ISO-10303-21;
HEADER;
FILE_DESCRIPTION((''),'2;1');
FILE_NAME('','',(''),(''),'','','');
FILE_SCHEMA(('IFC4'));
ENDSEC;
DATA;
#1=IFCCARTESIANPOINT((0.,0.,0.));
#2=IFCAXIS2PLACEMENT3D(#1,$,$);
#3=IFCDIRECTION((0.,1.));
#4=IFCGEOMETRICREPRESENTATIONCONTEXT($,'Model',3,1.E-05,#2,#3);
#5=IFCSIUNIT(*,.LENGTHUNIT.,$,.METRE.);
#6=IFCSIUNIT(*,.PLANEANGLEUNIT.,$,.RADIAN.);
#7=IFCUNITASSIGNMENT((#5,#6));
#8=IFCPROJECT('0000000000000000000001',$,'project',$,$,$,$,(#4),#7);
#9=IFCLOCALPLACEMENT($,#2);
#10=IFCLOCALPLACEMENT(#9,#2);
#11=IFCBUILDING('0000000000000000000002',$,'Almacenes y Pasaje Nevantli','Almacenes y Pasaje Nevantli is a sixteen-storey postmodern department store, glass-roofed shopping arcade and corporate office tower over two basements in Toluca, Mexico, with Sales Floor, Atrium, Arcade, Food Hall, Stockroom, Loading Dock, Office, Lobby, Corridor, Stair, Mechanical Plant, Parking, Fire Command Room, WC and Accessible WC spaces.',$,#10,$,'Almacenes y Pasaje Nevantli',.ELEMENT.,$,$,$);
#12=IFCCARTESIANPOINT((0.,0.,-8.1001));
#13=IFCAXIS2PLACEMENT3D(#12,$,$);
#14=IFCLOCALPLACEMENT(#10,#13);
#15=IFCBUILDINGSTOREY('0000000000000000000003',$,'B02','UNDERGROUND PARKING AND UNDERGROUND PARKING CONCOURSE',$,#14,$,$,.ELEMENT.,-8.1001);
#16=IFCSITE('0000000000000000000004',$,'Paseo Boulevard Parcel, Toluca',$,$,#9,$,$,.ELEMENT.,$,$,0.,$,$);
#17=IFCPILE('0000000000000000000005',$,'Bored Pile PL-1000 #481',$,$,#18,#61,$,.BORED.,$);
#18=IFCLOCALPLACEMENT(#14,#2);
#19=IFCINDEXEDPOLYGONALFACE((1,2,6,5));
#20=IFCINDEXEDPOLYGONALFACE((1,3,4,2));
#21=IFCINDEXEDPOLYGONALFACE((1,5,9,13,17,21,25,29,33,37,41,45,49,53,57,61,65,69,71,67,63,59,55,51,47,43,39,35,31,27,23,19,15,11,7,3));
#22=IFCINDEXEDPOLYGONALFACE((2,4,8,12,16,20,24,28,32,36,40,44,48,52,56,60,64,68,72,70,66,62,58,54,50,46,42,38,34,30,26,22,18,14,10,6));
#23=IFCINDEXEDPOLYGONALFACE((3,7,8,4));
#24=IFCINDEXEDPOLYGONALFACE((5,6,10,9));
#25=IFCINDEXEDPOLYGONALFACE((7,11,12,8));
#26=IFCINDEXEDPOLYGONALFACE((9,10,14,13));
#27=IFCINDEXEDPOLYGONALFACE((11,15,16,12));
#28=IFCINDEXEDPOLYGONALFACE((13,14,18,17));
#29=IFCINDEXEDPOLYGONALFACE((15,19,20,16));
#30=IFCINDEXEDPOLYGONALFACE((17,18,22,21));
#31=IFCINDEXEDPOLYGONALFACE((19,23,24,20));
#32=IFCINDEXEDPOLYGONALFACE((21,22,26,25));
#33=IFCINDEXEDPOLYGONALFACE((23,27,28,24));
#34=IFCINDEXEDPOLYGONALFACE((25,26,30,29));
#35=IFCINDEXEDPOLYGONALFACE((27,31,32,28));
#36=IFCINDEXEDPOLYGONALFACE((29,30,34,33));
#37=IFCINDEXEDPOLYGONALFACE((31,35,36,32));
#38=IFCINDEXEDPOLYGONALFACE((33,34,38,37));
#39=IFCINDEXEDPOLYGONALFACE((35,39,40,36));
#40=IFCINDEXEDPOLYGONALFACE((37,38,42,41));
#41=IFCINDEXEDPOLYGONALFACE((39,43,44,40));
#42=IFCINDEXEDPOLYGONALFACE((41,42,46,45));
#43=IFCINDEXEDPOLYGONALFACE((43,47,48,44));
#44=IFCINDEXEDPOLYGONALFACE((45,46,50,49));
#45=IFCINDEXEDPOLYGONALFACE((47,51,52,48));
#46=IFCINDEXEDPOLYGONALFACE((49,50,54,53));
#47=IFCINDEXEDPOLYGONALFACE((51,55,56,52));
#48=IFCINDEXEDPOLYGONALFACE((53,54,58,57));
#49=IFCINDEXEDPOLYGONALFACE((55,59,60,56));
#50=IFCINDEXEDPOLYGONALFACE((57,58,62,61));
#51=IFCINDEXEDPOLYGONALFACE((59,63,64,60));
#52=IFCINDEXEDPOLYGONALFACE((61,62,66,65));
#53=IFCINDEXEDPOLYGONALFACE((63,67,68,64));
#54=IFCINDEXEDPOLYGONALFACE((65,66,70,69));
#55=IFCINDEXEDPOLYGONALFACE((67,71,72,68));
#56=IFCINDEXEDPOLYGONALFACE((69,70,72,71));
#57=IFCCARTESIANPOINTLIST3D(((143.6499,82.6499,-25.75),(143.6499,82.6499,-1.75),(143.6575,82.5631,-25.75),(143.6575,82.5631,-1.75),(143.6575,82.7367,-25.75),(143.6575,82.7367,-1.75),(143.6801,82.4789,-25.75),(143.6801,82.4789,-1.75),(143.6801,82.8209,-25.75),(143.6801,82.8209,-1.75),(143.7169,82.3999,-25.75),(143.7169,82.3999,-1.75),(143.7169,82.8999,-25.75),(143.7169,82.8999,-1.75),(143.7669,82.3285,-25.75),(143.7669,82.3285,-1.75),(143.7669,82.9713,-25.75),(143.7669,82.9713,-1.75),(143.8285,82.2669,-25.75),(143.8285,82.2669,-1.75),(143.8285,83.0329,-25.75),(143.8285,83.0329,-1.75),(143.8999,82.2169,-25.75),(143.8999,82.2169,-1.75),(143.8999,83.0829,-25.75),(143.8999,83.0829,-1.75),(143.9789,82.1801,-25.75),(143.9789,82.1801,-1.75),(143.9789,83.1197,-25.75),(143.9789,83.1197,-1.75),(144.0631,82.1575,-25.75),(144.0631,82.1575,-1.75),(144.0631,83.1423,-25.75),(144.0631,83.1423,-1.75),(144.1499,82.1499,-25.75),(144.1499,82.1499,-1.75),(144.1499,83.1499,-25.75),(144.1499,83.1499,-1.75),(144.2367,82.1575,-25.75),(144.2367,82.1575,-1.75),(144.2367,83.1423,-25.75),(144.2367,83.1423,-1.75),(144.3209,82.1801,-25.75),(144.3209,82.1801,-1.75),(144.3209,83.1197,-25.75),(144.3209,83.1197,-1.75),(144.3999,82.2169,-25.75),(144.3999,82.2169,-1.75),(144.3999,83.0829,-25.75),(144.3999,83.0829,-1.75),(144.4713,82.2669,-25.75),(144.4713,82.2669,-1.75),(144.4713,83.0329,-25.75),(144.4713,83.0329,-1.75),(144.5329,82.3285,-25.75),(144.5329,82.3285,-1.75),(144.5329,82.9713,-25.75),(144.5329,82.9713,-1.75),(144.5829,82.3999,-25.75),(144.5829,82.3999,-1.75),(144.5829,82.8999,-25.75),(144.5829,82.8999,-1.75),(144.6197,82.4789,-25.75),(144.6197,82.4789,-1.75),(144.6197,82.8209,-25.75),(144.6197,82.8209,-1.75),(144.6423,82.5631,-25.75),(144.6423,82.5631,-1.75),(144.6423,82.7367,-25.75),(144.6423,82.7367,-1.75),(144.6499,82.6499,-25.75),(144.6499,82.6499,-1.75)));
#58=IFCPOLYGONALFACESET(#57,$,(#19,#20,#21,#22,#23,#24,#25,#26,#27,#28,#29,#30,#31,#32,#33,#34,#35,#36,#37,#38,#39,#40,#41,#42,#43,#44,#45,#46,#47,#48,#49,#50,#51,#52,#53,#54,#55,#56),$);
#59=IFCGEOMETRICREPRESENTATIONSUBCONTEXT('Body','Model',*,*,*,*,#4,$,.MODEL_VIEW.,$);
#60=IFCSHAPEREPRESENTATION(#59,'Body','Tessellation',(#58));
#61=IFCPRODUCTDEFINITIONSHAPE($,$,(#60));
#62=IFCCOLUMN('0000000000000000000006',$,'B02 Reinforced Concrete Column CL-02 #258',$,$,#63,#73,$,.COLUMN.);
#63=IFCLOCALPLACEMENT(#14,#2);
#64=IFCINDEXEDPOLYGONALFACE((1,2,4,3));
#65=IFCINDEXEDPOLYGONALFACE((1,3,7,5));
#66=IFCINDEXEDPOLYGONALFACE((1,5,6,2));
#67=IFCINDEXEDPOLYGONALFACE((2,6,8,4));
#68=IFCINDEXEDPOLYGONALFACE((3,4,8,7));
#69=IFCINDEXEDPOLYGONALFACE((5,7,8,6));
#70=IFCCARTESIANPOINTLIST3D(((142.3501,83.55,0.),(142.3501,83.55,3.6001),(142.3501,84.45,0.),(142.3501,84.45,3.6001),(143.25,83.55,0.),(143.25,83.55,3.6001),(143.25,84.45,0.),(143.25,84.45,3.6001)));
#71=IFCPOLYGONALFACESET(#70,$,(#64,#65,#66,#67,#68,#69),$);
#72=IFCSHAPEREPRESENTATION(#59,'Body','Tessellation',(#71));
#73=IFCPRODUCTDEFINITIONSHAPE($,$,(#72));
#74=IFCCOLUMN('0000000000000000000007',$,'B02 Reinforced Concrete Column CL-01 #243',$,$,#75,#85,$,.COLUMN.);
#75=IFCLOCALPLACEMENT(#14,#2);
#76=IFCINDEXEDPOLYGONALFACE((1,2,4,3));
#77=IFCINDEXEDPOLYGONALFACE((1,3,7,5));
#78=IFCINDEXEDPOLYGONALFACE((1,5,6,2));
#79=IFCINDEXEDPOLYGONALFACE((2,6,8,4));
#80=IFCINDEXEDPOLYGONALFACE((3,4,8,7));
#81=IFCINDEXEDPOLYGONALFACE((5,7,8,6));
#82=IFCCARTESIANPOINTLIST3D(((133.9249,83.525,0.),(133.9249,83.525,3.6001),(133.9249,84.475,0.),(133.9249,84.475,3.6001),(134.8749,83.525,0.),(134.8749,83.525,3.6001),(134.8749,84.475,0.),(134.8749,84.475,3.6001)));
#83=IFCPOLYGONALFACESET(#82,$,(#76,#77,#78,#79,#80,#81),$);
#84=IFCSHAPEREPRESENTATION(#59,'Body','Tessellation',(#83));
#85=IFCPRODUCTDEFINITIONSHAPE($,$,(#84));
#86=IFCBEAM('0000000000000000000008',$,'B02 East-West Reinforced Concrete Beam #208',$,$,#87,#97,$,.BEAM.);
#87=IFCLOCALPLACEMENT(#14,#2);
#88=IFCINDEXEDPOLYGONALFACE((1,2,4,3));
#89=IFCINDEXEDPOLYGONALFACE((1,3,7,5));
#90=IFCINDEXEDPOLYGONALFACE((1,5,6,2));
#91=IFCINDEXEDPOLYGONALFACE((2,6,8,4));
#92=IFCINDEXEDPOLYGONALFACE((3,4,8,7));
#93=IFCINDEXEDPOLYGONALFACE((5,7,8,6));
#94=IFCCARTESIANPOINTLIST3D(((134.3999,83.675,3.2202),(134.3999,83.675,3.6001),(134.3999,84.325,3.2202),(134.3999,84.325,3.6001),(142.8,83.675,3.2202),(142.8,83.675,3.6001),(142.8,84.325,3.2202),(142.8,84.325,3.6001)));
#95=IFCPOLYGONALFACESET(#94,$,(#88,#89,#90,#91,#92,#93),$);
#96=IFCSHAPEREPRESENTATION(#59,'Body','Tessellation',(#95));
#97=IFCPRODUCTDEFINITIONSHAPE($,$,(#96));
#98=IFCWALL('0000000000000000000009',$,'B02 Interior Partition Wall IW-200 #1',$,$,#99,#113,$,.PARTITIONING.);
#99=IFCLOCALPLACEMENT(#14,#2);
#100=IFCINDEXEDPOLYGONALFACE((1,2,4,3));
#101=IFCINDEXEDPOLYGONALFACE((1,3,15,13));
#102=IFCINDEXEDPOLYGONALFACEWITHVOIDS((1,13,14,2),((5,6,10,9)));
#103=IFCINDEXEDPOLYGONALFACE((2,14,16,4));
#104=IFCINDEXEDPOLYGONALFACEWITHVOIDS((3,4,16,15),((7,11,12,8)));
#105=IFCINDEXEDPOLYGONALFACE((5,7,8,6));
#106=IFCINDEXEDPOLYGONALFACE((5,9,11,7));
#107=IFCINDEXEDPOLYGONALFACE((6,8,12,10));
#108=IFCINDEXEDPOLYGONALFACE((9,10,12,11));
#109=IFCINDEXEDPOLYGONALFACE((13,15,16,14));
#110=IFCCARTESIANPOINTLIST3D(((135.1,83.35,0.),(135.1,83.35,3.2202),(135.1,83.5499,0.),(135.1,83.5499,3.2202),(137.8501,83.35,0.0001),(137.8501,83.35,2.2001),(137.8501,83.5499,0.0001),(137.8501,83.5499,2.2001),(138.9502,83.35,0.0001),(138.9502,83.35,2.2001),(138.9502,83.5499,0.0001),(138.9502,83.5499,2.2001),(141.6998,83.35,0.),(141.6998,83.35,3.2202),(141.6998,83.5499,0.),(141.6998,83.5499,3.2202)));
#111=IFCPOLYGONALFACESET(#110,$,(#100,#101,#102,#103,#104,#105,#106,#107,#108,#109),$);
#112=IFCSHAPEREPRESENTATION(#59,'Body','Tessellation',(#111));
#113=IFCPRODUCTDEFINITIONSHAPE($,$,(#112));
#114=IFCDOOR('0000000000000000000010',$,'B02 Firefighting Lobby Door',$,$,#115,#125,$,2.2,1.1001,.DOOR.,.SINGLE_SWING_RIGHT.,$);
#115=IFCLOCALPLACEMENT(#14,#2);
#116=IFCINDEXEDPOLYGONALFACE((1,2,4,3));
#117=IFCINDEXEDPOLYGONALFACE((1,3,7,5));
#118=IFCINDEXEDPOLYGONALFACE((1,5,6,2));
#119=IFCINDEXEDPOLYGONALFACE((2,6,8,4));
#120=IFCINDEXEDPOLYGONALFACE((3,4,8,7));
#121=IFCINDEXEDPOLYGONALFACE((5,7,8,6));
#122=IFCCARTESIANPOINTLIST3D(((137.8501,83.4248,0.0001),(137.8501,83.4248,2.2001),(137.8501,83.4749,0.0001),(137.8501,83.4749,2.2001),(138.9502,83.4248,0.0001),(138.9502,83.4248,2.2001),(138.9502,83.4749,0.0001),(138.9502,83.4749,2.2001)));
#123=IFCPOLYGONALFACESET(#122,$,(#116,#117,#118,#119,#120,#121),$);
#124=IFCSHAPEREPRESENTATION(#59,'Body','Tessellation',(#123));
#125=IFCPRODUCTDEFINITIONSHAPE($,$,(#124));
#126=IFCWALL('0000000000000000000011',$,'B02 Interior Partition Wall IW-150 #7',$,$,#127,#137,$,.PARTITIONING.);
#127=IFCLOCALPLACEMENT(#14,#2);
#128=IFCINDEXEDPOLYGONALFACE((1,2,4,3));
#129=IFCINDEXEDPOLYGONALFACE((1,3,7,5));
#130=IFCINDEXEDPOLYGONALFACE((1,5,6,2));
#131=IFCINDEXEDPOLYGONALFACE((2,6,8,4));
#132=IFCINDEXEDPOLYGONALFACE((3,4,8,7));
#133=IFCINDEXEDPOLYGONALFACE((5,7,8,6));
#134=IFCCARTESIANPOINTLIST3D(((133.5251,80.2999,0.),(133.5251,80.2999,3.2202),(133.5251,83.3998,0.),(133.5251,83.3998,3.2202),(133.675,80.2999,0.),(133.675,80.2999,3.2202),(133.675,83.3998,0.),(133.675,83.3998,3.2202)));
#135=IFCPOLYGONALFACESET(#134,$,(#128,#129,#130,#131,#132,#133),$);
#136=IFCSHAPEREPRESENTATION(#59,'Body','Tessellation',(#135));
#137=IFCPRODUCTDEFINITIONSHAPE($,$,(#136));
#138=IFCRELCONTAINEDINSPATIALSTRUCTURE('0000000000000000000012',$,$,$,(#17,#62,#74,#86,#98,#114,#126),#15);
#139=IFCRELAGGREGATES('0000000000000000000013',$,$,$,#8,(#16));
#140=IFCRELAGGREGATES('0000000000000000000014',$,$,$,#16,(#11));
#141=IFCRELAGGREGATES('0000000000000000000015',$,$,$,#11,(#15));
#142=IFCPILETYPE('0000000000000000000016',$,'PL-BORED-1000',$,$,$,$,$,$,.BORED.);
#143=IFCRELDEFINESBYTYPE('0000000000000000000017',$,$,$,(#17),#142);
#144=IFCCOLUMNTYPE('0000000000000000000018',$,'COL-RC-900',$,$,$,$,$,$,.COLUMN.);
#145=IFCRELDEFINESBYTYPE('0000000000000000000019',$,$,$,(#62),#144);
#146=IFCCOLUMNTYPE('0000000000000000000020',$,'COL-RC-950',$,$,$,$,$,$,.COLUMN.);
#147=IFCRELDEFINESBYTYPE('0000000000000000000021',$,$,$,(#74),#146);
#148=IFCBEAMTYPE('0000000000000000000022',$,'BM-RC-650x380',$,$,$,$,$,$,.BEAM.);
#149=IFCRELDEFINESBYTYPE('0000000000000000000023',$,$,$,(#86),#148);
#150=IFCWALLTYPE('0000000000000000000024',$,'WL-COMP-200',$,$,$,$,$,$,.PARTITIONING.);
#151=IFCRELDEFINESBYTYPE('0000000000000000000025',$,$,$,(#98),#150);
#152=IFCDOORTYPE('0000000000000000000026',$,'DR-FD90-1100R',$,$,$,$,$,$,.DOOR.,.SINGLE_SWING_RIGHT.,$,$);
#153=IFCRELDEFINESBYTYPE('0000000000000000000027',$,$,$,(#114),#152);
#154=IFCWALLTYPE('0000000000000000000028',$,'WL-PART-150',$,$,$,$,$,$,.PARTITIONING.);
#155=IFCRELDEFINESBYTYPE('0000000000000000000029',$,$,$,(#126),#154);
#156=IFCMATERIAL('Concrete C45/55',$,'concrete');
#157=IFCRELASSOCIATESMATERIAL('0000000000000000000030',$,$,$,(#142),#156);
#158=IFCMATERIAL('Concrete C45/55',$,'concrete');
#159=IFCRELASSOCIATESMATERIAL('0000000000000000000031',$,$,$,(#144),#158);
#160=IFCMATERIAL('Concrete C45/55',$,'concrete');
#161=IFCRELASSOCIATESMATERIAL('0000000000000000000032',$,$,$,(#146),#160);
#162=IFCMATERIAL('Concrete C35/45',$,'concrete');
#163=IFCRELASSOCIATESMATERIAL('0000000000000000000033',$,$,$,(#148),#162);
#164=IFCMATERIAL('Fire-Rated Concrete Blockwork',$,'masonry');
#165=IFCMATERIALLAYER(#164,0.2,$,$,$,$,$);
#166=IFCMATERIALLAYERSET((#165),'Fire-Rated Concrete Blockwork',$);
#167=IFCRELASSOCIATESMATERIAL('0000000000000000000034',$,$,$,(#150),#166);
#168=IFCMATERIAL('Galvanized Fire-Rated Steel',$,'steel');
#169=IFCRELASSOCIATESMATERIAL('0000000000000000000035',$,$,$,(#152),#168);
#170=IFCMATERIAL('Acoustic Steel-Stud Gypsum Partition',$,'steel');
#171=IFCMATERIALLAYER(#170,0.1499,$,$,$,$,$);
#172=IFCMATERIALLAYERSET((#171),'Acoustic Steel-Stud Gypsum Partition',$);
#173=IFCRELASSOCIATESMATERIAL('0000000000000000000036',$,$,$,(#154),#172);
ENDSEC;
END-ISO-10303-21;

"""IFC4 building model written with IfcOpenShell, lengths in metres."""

from ifc_helpers import new_model, si_unit, direction, frame, frame_2d, origin, origin_2d, place, context, subcontext, project, spatial, rectangle, circle, extrude, material, layer, layer_set, material_profile, profile_set, type_object, element, fill, save


model = new_model("IFC4")

# Units and contexts
model_context = context("Model", 3, precision=1e-05, world=origin(), true_north=direction((0.0, 1.0)))
body_context = subcontext(model_context, "Body", "Model", "MODEL_VIEW")
ifc_project = project(units=[si_unit("LENGTHUNIT", "METRE"), si_unit("PLANEANGLEUNIT", "RADIAN")], contexts=[model_context])

# Site, building, storey
site_placement = place(None, origin())
site = spatial("IfcSite", under=ifc_project, at=site_placement, Name="Paseo Boulevard Parcel, Toluca", CompositionType="ELEMENT", RefElevation=0.0)
building_placement = place(site_placement, origin())
building = spatial("IfcBuilding", under=site, at=building_placement, Name="Almacenes y Pasaje Nevantli", Description="Almacenes y Pasaje Nevantli is a sixteen-storey postmodern department store, glass-roofed shopping arcade and corporate office tower over two basements in Toluca, Mexico, with Sales Floor, Atrium, Arcade, Food Hall, Stockroom, Loading Dock, Office, Lobby, Corridor, Stair, Mechanical Plant, Parking, Fire Command Room, WC and Accessible WC spaces.", LongName="Almacenes y Pasaje Nevantli", CompositionType="ELEMENT")
storey_placement = place(building_placement, frame((0.0, 0.0, -8.1001)))
storey = spatial("IfcBuildingStorey", under=building, at=storey_placement, Name="B02", Description="UNDERGROUND PARKING AND UNDERGROUND PARKING CONCOURSE", CompositionType="ELEMENT", Elevation=-8.1001)

# Pile
ifc_material_1 = material(Name="Concrete C45/55", Category="concrete")
ifc_material_profile_1 = material_profile(ifc_material_1, circle(Radius=0.5, at=origin_2d()), Name="RC-PILE-D1000")
ifc_profile_set_1 = profile_set([ifc_material_profile_1], Name="Concrete C45/55")
pile_type = type_object("IfcPileType", Name="PL-BORED-1000", PredefinedType="BORED", material=ifc_profile_set_1)
for number, where, z_axis, x_axis, name in (
    (1, (144.1499, 82.6499, -1.75), (0.0, 0.0, -1.0), (1.0, 0.0, 0.0), "Bored Pile PL-1000 #481"),
):
    element("IfcPile", number, at=place(storey_placement, frame(where, z_axis=z_axis, x_axis=x_axis)), inside=storey, type_object=pile_type, Name=name, PredefinedType="BORED", context=body_context, shape_type="SweptSolid", body=[
        extrude(circle(Radius=0.5, at=origin_2d()), origin(), (0.0, 0.0, 1.0), 24.0),
    ])

# Columns
ifc_material_2 = material(Name="Concrete C45/55", Category="concrete")
ifc_material_profile_2 = material_profile(ifc_material_2, rectangle(XDim=0.8999, YDim=0.8999, at=origin_2d()), Name="RC-COL-900x900")
ifc_profile_set_2 = profile_set([ifc_material_profile_2], Name="Concrete C45/55")
column_type_1 = type_object("IfcColumnType", Name="COL-RC-900", PredefinedType="COLUMN", material=ifc_profile_set_2)
column_1_placement = place(storey_placement, frame((142.8, 84.0, 0.0), z_axis=(0.0, 0.0, 1.0), x_axis=(1.0, 0.0, 0.0)))
element("IfcColumn", 2, at=column_1_placement, inside=storey, type_object=column_type_1, Name="B02 Reinforced Concrete Column CL-02 #258", PredefinedType="COLUMN", context=body_context, shape_type="SweptSolid", body=[
    extrude(rectangle(XDim=0.8999, YDim=0.8999, at=origin_2d()), origin(), (0.0, 0.0, 1.0), 3.6001),
])
ifc_material_3 = material(Name="Concrete C45/55", Category="concrete")
ifc_material_profile_3 = material_profile(ifc_material_3, rectangle(XDim=0.95, YDim=0.95, at=origin_2d()), Name="RC-COL-950x950")
ifc_profile_set_3 = profile_set([ifc_material_profile_3], Name="Concrete C45/55")
column_type_2 = type_object("IfcColumnType", Name="COL-RC-950", PredefinedType="COLUMN", material=ifc_profile_set_3)
column_2_placement = place(storey_placement, frame((134.3999, 84.0, 0.0), z_axis=(0.0, 0.0, 1.0), x_axis=(1.0, 0.0, 0.0)))
element("IfcColumn", 3, at=column_2_placement, inside=storey, type_object=column_type_2, Name="B02 Reinforced Concrete Column CL-01 #243", PredefinedType="COLUMN", context=body_context, shape_type="SweptSolid", body=[
    extrude(rectangle(XDim=0.95, YDim=0.95, at=origin_2d()), origin(), (0.0, 0.0, 1.0), 3.6001),
])

# Beam
ifc_material_4 = material(Name="Concrete C35/45", Category="concrete")
ifc_material_profile_4 = material_profile(ifc_material_4, rectangle(XDim=0.6499, YDim=0.3799, at=origin_2d()), Name="RC-BM-650x380")
ifc_profile_set_4 = profile_set([ifc_material_profile_4], Name="Concrete C35/45")
beam_type = type_object("IfcBeamType", Name="BM-RC-650x380", PredefinedType="BEAM", material=ifc_profile_set_4)
beam_placement = place(storey_placement, frame((134.3999, 84.0, 3.4102), z_axis=(1.0, 0.0, 0.0), x_axis=(0.0, 1.0, 0.0)))
element("IfcBeam", 4, at=beam_placement, inside=storey, type_object=beam_type, Name="B02 East-West Reinforced Concrete Beam #208", PredefinedType="BEAM", context=body_context, shape_type="SweptSolid", body=[
    extrude(rectangle(XDim=0.6499, YDim=0.3799, at=origin_2d()), origin(), (0.0, 0.0, 1.0), 8.4001),
])

# Wall, opening, door
ifc_material_5 = material(Name="Fire-Rated Concrete Blockwork", Category="masonry")
ifc_layer_1 = layer(ifc_material_5, 0.2)
ifc_layer_set_1 = layer_set([ifc_layer_1], Name="Fire-Rated Concrete Blockwork")
wall_type_1 = type_object("IfcWallType", Name="WL-COMP-200", PredefinedType="PARTITIONING", material=ifc_layer_set_1)
wall_1_placement = place(storey_placement, frame((135.1001, 83.45, 0.0), z_axis=(0.0, 0.0, 1.0), x_axis=(1.0, 0.0, 0.0)))
wall_1 = element("IfcWall", 5, at=wall_1_placement, inside=storey, type_object=wall_type_1, Name="B02 Interior Partition Wall IW-200 #1", PredefinedType="PARTITIONING", context=body_context, shape_type="SweptSolid", body=[
    extrude(rectangle(XDim=6.5999, YDim=0.2, at=frame_2d((3.2998, 0.0))), origin(), (0.0, 0.0, 1.0), 3.2202),
])
opening_1_placement = place(wall_1_placement, frame((2.75, 0.0, 0.0)))
opening_1 = element("IfcOpeningElement", 6, at=opening_1_placement, cuts=wall_1, PredefinedType="OPENING", context=body_context, shape_type="SweptSolid", body=[
    extrude(rectangle(XDim=1.1001, YDim=2.2, at=frame_2d((0.55, 1.1001))), frame((0.0, 0.1099, 0.0), z_axis=(0.0, -1.0, 0.0), x_axis=(1.0, 0.0, 0.0)), (0.0, 0.0, 1.0), 0.22),
])
ifc_material_6 = material(Name="Galvanized Fire-Rated Steel", Category="steel")
door_type_1 = type_object("IfcDoorType", Name="DR-FD90-1100R", OperationType="SINGLE_SWING_RIGHT", PredefinedType="DOOR", material=ifc_material_6)
door_1_placement = place(opening_1_placement, origin())
door_1 = element("IfcDoor", 7, at=door_1_placement, inside=storey, type_object=door_type_1, Name="B02 Firefighting Lobby Door", OperationType="SINGLE_SWING_RIGHT", OverallHeight=2.2, OverallWidth=1.1001, PredefinedType="DOOR", context=body_context, shape_type="SweptSolid", body=[
    extrude(rectangle(XDim=1.1001, YDim=2.2, at=frame_2d((0.55, 1.1001))), frame((0.0, 0.0249, 0.0), z_axis=(0.0, -1.0, 0.0), x_axis=(1.0, 0.0, 0.0)), (0.0, 0.0, 1.0), 0.05),
])
fill(opening_1, door_1)

# Wall
ifc_material_7 = material(Name="Acoustic Steel-Stud Gypsum Partition", Category="steel")
ifc_layer_2 = layer(ifc_material_7, 0.1499)
ifc_layer_set_2 = layer_set([ifc_layer_2], Name="Acoustic Steel-Stud Gypsum Partition")
wall_type_2 = type_object("IfcWallType", Name="WL-PART-150", PredefinedType="PARTITIONING", material=ifc_layer_set_2)
wall_2_placement = place(storey_placement, frame((133.6001, 80.3, 0.0), z_axis=(0.0, 0.0, 1.0), x_axis=(0.0, 1.0, 0.0)))
element("IfcWall", 8, at=wall_2_placement, inside=storey, type_object=wall_type_2, Name="B02 Interior Partition Wall IW-150 #7", PredefinedType="PARTITIONING", context=body_context, shape_type="SweptSolid", body=[
    extrude(rectangle(XDim=3.0999, YDim=0.1499, at=frame_2d((1.5498, 0.0))), origin(), (0.0, 0.0, 1.0), 3.2202),
])

save(model, "model.ifc")
